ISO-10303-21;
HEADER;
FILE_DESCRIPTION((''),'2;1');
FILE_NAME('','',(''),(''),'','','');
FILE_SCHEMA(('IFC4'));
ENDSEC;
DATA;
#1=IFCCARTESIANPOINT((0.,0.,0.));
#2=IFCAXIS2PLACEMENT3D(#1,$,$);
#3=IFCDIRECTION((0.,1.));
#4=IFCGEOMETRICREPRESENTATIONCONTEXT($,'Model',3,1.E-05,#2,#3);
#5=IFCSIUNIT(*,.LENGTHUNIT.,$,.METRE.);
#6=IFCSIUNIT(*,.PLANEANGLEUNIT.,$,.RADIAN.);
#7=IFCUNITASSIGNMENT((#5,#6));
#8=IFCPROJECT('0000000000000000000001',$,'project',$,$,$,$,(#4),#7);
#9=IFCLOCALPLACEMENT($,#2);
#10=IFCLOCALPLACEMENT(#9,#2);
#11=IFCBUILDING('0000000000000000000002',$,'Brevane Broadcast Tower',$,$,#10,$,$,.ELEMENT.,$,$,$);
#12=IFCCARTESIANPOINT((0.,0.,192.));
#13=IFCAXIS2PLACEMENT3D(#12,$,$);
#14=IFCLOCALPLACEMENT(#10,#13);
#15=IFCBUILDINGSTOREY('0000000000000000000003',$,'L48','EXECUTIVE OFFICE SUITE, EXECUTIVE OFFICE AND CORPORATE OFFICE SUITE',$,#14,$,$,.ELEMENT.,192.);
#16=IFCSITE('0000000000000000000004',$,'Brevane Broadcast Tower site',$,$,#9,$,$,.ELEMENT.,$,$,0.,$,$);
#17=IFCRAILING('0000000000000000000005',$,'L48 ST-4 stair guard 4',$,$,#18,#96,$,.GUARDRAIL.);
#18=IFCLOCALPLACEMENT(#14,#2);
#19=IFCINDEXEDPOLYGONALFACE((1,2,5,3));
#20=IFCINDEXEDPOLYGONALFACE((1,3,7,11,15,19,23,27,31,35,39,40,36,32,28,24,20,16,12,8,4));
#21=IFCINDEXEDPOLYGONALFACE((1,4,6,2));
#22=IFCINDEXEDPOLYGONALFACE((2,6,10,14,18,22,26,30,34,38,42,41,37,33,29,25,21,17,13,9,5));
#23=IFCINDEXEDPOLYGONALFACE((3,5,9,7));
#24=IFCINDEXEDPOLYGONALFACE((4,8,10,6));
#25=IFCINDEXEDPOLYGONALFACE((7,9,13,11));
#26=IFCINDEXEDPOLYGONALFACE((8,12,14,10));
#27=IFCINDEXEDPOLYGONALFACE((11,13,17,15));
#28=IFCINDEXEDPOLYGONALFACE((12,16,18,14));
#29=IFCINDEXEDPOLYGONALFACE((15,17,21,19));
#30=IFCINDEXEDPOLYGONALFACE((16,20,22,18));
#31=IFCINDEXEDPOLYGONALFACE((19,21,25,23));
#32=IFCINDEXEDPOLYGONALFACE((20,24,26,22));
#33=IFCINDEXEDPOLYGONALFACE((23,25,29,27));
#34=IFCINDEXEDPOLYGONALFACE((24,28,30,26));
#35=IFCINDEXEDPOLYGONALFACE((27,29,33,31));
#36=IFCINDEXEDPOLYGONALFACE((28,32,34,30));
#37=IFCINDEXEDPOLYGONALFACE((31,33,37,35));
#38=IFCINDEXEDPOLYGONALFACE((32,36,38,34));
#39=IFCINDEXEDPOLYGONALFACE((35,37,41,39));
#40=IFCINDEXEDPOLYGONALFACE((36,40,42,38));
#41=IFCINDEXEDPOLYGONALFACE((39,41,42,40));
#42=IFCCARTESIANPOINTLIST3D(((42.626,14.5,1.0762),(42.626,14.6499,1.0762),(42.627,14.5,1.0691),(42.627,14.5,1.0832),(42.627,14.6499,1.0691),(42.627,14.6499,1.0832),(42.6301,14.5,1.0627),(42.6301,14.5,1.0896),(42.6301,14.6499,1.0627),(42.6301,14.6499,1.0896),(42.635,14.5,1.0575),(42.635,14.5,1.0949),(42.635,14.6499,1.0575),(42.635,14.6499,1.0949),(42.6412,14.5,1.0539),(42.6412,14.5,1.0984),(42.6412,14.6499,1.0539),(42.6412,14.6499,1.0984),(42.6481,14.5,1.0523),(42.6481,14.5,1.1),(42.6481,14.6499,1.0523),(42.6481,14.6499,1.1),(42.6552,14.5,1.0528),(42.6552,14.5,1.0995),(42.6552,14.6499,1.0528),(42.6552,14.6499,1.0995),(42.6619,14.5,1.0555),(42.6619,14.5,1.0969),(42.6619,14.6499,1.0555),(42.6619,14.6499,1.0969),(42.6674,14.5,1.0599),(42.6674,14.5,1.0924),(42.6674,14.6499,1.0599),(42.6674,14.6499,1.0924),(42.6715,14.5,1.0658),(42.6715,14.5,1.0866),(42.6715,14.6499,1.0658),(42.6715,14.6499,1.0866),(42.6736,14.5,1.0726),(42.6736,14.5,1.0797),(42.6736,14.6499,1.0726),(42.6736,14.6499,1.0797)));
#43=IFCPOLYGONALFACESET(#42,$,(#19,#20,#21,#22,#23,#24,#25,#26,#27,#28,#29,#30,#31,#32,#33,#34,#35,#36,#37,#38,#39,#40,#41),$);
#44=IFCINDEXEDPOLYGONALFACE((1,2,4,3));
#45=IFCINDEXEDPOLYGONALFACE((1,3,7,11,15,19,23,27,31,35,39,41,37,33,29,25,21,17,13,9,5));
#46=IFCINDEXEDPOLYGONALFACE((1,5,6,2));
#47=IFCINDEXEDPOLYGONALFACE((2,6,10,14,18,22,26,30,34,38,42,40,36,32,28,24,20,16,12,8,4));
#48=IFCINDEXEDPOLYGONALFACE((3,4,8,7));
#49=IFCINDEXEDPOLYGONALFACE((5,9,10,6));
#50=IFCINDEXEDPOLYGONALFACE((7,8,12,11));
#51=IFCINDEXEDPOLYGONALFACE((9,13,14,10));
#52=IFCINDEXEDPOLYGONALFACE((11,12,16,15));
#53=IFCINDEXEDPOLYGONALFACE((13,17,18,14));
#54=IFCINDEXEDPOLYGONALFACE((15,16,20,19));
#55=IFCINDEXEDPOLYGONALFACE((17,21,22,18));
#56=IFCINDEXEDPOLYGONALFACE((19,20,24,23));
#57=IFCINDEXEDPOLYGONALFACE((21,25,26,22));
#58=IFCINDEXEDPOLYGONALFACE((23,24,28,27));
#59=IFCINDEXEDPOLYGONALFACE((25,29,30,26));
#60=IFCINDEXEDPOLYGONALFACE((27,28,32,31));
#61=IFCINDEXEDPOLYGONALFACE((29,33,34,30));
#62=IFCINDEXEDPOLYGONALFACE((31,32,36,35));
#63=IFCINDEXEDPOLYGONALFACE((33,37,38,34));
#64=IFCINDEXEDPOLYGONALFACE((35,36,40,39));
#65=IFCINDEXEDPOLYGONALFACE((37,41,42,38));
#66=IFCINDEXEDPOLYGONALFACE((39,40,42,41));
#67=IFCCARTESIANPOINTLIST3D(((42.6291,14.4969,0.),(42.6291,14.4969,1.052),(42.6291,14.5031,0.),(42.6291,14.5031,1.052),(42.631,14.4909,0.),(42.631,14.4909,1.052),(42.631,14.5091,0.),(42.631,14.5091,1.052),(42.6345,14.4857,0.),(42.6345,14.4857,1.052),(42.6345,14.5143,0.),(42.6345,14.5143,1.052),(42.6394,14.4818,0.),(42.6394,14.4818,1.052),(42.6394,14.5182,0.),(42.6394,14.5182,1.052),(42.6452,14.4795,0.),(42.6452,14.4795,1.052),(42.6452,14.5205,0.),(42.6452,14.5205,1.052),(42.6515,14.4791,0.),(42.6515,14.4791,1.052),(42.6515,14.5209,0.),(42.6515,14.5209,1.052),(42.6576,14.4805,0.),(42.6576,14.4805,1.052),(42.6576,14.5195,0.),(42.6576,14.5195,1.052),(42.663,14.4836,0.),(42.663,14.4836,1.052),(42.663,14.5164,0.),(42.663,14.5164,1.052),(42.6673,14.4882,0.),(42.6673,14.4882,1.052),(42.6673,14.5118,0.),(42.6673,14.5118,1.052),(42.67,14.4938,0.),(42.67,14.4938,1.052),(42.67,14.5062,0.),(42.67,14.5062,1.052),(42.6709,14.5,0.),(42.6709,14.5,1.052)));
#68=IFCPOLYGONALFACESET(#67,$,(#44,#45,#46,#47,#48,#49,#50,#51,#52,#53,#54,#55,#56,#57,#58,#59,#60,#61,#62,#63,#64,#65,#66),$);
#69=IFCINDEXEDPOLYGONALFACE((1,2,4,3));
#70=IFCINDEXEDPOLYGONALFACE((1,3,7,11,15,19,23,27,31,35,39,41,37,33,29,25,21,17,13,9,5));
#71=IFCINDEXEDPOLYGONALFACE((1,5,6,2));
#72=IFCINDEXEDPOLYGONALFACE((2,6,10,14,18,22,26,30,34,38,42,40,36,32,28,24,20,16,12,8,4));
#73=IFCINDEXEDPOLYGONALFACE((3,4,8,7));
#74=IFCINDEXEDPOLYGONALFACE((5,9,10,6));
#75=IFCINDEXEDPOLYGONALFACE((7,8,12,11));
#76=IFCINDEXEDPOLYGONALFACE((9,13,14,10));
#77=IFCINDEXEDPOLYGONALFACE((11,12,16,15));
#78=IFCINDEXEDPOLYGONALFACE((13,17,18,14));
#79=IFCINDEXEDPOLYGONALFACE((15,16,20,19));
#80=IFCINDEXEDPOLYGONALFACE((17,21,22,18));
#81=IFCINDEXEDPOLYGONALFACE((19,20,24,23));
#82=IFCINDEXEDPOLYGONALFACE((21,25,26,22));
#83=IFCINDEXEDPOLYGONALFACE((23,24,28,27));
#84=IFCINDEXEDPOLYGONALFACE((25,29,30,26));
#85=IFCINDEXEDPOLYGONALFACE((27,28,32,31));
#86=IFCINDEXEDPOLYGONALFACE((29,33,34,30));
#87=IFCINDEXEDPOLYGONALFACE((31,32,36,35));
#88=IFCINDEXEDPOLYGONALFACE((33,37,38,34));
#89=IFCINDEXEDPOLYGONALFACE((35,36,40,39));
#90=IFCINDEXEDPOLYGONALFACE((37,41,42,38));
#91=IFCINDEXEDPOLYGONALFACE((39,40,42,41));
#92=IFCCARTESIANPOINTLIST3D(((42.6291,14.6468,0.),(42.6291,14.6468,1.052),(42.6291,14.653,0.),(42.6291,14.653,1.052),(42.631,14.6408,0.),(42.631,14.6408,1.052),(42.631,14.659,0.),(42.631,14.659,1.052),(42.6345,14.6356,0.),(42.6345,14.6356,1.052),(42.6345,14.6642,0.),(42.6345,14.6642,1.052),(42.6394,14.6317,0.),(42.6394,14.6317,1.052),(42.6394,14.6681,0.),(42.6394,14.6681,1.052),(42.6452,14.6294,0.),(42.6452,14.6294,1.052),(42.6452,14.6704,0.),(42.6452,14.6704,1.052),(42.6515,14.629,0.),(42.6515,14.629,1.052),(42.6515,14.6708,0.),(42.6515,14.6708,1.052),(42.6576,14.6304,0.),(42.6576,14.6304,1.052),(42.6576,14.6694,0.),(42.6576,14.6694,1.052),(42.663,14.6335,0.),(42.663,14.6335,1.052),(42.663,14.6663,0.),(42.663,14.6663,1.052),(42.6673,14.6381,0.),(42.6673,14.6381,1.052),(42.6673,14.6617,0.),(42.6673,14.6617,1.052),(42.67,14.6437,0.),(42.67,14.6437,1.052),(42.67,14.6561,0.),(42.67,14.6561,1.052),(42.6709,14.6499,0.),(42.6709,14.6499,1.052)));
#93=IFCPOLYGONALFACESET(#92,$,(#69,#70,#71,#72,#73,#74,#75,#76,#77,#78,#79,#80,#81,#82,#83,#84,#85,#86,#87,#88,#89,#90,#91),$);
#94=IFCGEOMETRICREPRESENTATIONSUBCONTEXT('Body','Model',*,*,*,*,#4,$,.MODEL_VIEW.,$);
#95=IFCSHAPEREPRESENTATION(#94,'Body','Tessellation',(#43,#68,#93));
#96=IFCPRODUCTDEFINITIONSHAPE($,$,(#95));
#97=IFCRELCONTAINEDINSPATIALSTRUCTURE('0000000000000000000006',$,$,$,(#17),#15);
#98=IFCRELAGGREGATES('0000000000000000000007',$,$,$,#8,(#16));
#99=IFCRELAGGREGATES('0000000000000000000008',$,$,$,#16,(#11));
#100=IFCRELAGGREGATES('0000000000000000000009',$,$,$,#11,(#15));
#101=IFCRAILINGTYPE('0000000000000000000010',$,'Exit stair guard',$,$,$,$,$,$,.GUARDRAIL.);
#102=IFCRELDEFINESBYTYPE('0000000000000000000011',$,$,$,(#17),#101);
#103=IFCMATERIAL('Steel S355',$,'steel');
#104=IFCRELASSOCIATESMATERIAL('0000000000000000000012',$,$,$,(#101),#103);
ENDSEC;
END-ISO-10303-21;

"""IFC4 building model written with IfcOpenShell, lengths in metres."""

from ifc_helpers import new_model, si_unit, direction, frame, origin, origin_2d, place, context, subcontext, project, spatial, circle, extrude, material, type_object, element, save


model = new_model("IFC4")

# Units and contexts
model_context = context("Model", 3, precision=1e-05, world=origin(), true_north=direction((0.0, 1.0)))
body_context = subcontext(model_context, "Body", "Model", "MODEL_VIEW")
ifc_project = project(units=[si_unit("LENGTHUNIT", "METRE"), si_unit("PLANEANGLEUNIT", "RADIAN")], contexts=[model_context])

# Site, building, storey
site_placement = place(None, origin())
site = spatial("IfcSite", under=ifc_project, at=site_placement, Name="Brevane Broadcast Tower site", CompositionType="ELEMENT", RefElevation=0.0)
building_placement = place(site_placement, origin())
building = spatial("IfcBuilding", under=site, at=building_placement, Name="Brevane Broadcast Tower", CompositionType="ELEMENT")
storey_placement = place(building_placement, frame((0.0, 0.0, 192.0)))
storey = spatial("IfcBuildingStorey", under=building, at=storey_placement, Name="L48", Description="EXECUTIVE OFFICE SUITE, EXECUTIVE OFFICE AND CORPORATE OFFICE SUITE", CompositionType="ELEMENT", Elevation=192.0)

# Railing
ifc_material_1 = material(Name="Steel S355", Category="steel")
railing_type_1 = type_object("IfcRailingType", Name="Exit stair guard", PredefinedType="GUARDRAIL", material=ifc_material_1)
railing_1_placement = place(storey_placement, frame((42.6499, 14.5, 0.0)))
element("IfcRailing", 1, at=railing_1_placement, inside=storey, type_object=railing_type_1, Name="L48 ST-4 stair guard 4", PredefinedType="GUARDRAIL", context=body_context, shape_type="SweptSolid", body=[
    extrude(circle(Radius=0.0239, at=origin_2d()), frame((0.0, 0.0, 1.0762), z_axis=(0.0, 1.0, 0.0), x_axis=(-1.0, 0.0, 0.0)), (0.0, 0.0, 1.0), 0.1499),
    extrude(circle(Radius=0.021, at=origin_2d()), origin(), (0.0, 0.0, 1.0), 1.052),
    extrude(circle(Radius=0.021, at=origin_2d()), frame((0.0, 0.1499, 0.0)), (0.0, 0.0, 1.0), 1.052),
])

save(model, "model.ifc")
